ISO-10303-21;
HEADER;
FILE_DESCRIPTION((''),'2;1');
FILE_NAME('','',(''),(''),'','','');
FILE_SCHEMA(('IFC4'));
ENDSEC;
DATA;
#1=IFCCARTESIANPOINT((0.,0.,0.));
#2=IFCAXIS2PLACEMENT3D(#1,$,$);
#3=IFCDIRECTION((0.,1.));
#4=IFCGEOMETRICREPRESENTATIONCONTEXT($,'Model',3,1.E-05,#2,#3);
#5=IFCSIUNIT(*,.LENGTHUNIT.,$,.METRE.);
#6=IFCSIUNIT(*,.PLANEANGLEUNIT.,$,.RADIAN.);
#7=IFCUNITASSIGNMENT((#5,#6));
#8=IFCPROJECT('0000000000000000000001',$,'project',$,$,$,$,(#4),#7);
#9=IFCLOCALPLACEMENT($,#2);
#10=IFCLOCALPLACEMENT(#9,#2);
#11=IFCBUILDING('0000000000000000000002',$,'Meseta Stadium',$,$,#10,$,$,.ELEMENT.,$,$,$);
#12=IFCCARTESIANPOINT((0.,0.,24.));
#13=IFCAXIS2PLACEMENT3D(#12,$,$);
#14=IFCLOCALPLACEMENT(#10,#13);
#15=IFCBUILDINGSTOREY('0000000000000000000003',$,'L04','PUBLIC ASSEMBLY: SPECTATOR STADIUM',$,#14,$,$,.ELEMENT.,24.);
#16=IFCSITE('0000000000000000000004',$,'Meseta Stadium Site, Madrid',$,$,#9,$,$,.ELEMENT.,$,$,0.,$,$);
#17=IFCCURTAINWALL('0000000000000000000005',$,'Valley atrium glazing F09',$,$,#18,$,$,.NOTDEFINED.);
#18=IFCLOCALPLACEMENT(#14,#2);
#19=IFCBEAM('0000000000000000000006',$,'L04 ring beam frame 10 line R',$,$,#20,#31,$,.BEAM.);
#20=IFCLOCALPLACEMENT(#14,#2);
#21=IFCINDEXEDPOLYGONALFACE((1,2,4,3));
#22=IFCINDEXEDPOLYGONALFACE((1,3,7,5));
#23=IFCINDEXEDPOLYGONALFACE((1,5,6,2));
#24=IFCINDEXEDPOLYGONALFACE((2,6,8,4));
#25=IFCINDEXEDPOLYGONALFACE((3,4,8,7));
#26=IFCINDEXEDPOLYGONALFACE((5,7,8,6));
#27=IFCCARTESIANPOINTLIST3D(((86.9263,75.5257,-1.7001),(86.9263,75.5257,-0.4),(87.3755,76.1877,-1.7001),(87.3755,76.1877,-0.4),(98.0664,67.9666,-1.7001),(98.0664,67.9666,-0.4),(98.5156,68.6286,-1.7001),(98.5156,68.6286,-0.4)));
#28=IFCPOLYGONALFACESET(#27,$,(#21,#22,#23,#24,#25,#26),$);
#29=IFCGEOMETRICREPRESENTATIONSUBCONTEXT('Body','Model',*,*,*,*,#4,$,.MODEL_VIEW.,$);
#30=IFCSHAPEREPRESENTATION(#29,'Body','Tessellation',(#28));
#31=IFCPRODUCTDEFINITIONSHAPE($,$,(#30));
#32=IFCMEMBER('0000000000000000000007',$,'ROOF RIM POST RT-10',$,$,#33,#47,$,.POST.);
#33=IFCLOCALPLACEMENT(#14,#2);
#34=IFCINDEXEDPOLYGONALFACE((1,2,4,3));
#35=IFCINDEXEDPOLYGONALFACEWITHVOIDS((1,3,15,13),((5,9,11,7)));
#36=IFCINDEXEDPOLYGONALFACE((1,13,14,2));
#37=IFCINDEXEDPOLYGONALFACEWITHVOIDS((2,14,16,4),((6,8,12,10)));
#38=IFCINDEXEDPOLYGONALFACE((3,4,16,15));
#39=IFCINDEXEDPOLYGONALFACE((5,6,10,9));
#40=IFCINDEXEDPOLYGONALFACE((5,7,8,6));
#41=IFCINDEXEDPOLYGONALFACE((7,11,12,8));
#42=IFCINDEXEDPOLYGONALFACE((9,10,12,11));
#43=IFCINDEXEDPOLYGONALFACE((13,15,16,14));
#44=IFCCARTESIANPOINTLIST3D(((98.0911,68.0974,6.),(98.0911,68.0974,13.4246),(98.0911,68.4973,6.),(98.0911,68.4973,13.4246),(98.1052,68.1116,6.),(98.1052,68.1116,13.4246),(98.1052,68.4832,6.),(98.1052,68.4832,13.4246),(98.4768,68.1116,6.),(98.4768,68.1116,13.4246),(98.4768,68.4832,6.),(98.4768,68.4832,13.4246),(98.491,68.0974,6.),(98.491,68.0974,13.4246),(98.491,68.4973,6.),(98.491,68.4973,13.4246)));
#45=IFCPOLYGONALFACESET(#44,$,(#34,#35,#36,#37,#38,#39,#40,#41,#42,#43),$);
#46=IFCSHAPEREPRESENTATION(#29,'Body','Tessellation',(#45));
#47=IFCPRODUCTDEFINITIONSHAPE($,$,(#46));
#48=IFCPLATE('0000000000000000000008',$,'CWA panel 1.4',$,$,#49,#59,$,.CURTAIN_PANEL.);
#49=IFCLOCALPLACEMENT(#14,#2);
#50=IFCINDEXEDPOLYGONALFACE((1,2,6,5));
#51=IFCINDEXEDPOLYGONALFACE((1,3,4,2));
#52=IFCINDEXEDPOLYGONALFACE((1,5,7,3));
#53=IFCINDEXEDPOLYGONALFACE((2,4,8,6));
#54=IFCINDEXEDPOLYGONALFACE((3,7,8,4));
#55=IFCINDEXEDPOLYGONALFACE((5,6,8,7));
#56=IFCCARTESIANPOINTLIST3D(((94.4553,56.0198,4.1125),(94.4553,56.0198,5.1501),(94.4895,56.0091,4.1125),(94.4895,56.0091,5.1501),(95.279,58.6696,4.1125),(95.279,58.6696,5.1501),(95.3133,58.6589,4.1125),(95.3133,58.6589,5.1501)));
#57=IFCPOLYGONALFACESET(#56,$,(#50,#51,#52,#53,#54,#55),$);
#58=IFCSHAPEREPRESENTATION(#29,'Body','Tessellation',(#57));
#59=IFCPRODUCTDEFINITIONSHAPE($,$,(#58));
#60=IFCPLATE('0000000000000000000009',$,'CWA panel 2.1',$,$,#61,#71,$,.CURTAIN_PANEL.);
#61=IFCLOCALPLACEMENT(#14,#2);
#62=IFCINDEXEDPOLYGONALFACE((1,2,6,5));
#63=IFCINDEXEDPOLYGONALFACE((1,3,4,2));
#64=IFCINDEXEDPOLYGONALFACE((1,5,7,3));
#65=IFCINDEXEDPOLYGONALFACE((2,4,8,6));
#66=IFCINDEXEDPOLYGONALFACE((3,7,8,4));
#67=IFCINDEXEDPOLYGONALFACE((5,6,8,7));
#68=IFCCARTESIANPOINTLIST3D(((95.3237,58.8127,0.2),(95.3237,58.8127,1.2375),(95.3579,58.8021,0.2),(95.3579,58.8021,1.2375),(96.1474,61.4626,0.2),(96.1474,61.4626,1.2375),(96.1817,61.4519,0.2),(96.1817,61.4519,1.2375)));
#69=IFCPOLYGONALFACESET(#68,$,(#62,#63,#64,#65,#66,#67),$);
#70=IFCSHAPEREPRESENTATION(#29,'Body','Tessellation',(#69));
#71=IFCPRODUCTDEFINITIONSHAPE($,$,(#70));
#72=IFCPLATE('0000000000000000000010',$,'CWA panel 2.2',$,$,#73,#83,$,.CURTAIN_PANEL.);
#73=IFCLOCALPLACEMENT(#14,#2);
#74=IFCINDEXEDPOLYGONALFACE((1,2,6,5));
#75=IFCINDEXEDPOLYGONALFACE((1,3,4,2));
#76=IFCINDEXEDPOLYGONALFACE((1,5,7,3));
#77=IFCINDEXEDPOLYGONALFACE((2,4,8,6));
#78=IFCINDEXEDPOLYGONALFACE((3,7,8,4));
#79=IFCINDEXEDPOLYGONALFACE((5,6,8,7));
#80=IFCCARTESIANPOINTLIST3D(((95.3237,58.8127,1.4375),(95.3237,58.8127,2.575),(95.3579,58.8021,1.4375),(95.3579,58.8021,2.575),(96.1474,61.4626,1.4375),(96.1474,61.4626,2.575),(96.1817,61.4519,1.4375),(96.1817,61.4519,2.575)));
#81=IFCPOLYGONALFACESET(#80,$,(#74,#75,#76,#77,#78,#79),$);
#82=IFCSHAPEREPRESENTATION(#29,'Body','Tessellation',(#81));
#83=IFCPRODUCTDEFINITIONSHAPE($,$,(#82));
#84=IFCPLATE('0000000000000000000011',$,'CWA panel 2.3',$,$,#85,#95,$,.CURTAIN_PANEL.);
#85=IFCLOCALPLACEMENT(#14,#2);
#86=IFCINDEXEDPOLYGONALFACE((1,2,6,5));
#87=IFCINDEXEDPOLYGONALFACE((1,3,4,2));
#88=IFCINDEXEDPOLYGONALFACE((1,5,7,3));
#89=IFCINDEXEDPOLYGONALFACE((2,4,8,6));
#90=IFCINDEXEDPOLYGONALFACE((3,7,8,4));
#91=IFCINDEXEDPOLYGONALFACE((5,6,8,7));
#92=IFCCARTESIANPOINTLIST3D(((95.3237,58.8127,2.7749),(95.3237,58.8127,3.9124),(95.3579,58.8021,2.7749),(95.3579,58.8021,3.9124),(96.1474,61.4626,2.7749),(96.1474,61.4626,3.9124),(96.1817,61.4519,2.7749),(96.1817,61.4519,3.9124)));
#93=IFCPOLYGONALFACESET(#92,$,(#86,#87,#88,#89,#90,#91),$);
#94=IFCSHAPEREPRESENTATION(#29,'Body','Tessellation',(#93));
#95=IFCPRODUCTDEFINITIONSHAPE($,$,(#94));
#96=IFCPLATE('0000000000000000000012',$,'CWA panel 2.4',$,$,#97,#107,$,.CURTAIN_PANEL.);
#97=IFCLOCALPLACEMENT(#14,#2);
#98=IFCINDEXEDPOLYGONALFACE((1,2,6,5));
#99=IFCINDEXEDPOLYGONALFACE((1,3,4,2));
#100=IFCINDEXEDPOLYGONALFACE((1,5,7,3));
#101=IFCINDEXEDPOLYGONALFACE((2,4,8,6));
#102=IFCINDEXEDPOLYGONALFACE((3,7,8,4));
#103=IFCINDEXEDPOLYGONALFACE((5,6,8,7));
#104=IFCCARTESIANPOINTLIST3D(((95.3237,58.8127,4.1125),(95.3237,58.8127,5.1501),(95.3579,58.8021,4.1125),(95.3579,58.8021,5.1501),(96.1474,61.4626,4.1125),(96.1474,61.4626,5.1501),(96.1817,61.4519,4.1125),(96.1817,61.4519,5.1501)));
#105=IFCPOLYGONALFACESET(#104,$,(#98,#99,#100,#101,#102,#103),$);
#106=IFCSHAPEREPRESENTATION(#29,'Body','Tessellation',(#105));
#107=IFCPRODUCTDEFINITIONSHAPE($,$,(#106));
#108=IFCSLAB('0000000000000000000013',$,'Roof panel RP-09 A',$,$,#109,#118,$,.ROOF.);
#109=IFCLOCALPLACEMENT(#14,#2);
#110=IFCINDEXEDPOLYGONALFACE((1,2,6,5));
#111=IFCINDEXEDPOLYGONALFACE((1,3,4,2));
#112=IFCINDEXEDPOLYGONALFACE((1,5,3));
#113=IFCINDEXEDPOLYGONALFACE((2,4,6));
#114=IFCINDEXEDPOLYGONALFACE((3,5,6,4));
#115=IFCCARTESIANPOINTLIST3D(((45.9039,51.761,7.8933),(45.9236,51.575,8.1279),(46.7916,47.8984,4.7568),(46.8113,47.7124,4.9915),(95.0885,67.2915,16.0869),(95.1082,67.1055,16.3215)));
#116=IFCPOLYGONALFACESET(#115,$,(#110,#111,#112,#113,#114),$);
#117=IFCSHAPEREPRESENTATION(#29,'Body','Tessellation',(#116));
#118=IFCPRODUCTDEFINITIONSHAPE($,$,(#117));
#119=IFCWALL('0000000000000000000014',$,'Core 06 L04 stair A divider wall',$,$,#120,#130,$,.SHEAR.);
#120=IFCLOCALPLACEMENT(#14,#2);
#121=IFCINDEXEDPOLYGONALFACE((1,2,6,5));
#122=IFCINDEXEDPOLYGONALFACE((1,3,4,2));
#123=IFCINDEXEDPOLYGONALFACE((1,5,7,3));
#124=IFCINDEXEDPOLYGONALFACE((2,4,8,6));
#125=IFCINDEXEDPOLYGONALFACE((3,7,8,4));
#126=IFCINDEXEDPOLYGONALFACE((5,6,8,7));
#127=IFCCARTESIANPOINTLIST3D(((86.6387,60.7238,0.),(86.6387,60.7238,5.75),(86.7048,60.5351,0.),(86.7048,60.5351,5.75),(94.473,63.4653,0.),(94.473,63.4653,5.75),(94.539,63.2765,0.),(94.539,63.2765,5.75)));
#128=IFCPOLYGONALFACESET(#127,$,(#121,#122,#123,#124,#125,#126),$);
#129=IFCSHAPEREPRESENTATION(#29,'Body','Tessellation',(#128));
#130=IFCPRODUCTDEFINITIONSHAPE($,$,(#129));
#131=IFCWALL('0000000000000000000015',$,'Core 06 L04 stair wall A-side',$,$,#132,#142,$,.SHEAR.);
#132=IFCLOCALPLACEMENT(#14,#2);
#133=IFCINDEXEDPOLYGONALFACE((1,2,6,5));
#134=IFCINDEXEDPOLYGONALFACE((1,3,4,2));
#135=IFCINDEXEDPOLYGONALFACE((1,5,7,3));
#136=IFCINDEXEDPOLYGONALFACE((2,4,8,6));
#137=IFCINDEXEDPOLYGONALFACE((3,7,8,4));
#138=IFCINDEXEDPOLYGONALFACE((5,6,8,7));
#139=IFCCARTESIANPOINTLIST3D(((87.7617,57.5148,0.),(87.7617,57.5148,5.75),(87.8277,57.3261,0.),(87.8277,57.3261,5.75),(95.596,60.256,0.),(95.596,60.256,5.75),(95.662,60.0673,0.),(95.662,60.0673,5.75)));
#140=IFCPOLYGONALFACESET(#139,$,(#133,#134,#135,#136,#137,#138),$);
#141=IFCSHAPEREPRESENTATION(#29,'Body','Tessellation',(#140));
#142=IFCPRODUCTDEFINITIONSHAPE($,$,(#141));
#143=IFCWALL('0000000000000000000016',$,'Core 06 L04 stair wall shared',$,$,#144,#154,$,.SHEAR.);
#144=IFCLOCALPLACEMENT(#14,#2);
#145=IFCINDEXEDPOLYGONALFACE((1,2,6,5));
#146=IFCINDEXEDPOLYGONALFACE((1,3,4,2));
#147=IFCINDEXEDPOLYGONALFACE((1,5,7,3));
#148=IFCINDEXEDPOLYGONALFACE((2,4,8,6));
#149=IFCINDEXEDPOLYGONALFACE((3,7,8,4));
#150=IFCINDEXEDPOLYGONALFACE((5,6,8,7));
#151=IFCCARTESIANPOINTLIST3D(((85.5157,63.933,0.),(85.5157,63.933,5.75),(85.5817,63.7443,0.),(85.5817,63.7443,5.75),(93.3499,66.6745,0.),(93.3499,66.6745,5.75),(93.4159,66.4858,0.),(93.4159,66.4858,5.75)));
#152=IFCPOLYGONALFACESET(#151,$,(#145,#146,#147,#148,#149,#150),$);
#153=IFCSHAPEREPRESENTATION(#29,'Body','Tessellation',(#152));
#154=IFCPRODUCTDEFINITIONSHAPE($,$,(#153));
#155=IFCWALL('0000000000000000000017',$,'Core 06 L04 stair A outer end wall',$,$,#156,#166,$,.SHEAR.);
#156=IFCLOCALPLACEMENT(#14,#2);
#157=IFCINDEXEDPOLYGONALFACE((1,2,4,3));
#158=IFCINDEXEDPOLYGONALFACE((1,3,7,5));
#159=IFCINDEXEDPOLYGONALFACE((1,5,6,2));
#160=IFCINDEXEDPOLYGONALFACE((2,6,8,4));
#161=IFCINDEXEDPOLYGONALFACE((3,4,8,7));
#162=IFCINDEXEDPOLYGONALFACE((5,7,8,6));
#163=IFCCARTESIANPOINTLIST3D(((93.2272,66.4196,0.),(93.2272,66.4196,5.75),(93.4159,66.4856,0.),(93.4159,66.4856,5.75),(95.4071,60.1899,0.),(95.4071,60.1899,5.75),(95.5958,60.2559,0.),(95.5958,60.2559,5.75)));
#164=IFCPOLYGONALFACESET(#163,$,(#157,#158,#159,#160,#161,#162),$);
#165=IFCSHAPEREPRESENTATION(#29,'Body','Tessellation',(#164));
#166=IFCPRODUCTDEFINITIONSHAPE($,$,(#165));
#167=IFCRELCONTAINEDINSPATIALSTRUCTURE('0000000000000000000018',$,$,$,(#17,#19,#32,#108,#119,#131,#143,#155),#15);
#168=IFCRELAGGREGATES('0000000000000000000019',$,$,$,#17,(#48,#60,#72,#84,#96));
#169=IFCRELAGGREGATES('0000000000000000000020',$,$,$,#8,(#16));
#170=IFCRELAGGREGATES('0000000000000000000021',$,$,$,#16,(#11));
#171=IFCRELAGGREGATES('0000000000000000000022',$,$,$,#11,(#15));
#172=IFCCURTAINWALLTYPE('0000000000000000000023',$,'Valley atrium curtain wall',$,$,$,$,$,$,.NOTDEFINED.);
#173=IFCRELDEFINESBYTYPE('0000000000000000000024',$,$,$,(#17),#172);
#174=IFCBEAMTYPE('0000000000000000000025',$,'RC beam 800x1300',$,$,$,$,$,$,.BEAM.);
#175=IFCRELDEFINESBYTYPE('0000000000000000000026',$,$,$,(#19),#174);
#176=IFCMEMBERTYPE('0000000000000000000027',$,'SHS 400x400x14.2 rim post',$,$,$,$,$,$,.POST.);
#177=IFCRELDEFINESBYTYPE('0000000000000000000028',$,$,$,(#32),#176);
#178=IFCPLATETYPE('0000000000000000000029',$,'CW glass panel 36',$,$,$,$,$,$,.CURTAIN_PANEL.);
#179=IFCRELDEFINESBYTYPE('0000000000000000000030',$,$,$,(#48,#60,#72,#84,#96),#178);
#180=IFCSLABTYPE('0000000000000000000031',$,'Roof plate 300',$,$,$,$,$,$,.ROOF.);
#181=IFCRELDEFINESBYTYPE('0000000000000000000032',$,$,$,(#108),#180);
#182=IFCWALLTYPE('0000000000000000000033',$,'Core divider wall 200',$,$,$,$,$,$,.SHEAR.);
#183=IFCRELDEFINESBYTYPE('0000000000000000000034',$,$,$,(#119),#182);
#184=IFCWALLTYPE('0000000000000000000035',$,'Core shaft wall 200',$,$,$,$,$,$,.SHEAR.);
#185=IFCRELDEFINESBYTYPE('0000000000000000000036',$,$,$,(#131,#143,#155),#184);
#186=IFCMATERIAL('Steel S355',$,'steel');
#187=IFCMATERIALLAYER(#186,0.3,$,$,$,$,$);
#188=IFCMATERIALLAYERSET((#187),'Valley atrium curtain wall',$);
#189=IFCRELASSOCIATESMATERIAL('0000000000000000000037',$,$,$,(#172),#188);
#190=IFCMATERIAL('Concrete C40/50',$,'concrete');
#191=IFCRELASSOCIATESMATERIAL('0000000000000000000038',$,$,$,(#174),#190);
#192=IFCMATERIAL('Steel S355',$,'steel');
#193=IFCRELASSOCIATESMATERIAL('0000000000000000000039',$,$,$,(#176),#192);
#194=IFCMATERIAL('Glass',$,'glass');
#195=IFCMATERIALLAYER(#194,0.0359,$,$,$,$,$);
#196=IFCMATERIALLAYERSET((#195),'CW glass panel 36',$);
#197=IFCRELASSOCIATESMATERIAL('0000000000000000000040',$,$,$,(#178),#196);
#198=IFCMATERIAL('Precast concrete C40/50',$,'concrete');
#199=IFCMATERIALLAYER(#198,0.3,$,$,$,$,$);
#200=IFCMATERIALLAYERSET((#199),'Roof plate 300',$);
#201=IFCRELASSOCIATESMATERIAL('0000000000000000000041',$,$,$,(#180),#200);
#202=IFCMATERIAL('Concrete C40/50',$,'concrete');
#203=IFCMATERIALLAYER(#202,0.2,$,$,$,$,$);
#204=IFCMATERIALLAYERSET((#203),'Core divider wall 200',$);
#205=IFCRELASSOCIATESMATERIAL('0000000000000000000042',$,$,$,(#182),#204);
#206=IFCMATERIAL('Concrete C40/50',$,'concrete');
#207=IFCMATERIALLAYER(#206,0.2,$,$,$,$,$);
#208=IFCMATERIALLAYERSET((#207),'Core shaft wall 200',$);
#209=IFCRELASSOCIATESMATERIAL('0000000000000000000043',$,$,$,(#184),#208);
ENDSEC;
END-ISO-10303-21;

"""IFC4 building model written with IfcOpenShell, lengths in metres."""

from ifc_helpers import new_model, si_unit, direction, frame, frame_2d, origin, origin_2d, place, context, subcontext, project, spatial, polyline, rectangle, hollow_rectangle, outline, extrude, material, layer, layer_set, material_profile, profile_set, type_object, element, aggregate, save


model = new_model("IFC4")

# Units and contexts
model_context = context("Model", 3, precision=1e-05, world=origin(), true_north=direction((0.0, 1.0)))
body_context = subcontext(model_context, "Body", "Model", "MODEL_VIEW")
ifc_project = project(units=[si_unit("LENGTHUNIT", "METRE"), si_unit("PLANEANGLEUNIT", "RADIAN")], contexts=[model_context])

# Site, building, storey
site_placement = place(None, origin())
site = spatial("IfcSite", under=ifc_project, at=site_placement, Name="Meseta Stadium Site, Madrid", CompositionType="ELEMENT", RefElevation=0.0)
building_placement = place(site_placement, origin())
building = spatial("IfcBuilding", under=site, at=building_placement, Name="Meseta Stadium", CompositionType="ELEMENT")
storey_placement = place(building_placement, frame((0.0, 0.0, 24.0)))
storey = spatial("IfcBuildingStorey", under=building, at=storey_placement, Name="L04", Description="PUBLIC ASSEMBLY: SPECTATOR STADIUM", CompositionType="ELEMENT", Elevation=24.0)

# Curtain wall
ifc_material_1 = material(Name="Steel S355", Category="steel")
ifc_layer_1 = layer(ifc_material_1, 0.3)
ifc_layer_set_1 = layer_set([ifc_layer_1], Name="Valley atrium curtain wall")
curtain_wall_type = type_object("IfcCurtainWallType", Name="Valley atrium curtain wall", PredefinedType="NOTDEFINED", material=ifc_layer_set_1)
curtain_wall_placement = place(storey_placement, origin())
curtain_wall = element("IfcCurtainWall", 1, at=curtain_wall_placement, inside=storey, type_object=curtain_wall_type, Name="Valley atrium glazing F09", PredefinedType="NOTDEFINED")

# Beam
ifc_material_2 = material(Name="Concrete C40/50", Category="concrete")
ifc_material_profile_1 = material_profile(ifc_material_2, rectangle(XDim=0.8, YDim=1.3, at=origin_2d()), Name="RC 800x1300")
ifc_profile_set_1 = profile_set([ifc_material_profile_1], Name="Concrete C40/50")
beam_type_1 = type_object("IfcBeamType", Name="RC beam 800x1300", PredefinedType="BEAM", material=ifc_profile_set_1)
beam_1_placement = place(storey_placement, frame((98.291, 68.2976, -1.05), z_axis=(-0.827486, 0.561486, 0.0), x_axis=(-0.561486, -0.827486, 0.0)))
element("IfcBeam", 2, at=beam_1_placement, inside=storey, type_object=beam_type_1, Name="L04 ring beam frame 10 line R", PredefinedType="BEAM", context=body_context, shape_type="SweptSolid", body=[
    extrude(rectangle(XDim=0.8, YDim=1.3, at=origin_2d()), origin(), (0.0, 0.0, 1.0), 13.4626),
])

# Member
ifc_material_3 = material(Name="Steel S355", Category="steel")
ifc_material_profile_2 = material_profile(ifc_material_3, hollow_rectangle(XDim=0.3999, YDim=0.3999, WallThickness=0.0142, at=origin_2d()), Name="SHS 400x400x14.2")
ifc_profile_set_2 = profile_set([ifc_material_profile_2], Name="Steel S355")
member_type_1 = type_object("IfcMemberType", Name="SHS 400x400x14.2 rim post", PredefinedType="POST", material=ifc_profile_set_2)
member_1_placement = place(storey_placement, frame((98.291, 68.2974, 6.0), z_axis=(0.0, 0.0, 1.0), x_axis=(1.0, 0.0, 0.0)))
element("IfcMember", 3, at=member_1_placement, inside=storey, type_object=member_type_1, Name="ROOF RIM POST RT-10", PredefinedType="POST", context=body_context, shape_type="SweptSolid", body=[
    extrude(hollow_rectangle(XDim=0.3999, YDim=0.3999, WallThickness=0.0142, at=origin_2d()), origin(), (0.0, 0.0, 1.0), 7.4246),
])

# Plates
ifc_material_4 = material(Name="Glass", Category="glass")
ifc_layer_2 = layer(ifc_material_4, 0.0359)
ifc_layer_set_2 = layer_set([ifc_layer_2], Name="CW glass panel 36")
plate_type = type_object("IfcPlateType", Name="CW glass panel 36", PredefinedType="CURTAIN_PANEL", material=ifc_layer_set_2)
plate_1_placement = place(storey_placement, frame((94.8843, 57.3394, 4.1125), z_axis=(0.0, 0.0, 1.0), x_axis=(0.296869, 0.954918, 0.0)))
plate_1 = element("IfcPlate", 4, at=plate_1_placement, type_object=plate_type, Name="CWA panel 1.4", PredefinedType="CURTAIN_PANEL", context=body_context, shape_type="SweptSolid", body=[
    extrude(rectangle(XDim=2.7749, YDim=0.0359, at=origin_2d()), origin(), (0.0, 0.0, 1.0), 1.0376),
])
plate_2_placement = place(storey_placement, frame((95.7527, 60.1323, 0.2), z_axis=(0.0, 0.0, 1.0), x_axis=(0.296869, 0.954918, 0.0)))
plate_2 = element("IfcPlate", 5, at=plate_2_placement, type_object=plate_type, Name="CWA panel 2.1", PredefinedType="CURTAIN_PANEL", context=body_context, shape_type="SweptSolid", body=[
    extrude(rectangle(XDim=2.7749, YDim=0.0359, at=origin_2d()), origin(), (0.0, 0.0, 1.0), 1.0376),
])
plate_3_placement = place(storey_placement, frame((95.7527, 60.1323, 1.4375), z_axis=(0.0, 0.0, 1.0), x_axis=(0.296869, 0.954918, 0.0)))
plate_3 = element("IfcPlate", 6, at=plate_3_placement, type_object=plate_type, Name="CWA panel 2.2", PredefinedType="CURTAIN_PANEL", context=body_context, shape_type="SweptSolid", body=[
    extrude(rectangle(XDim=2.7749, YDim=0.0359, at=origin_2d()), origin(), (0.0, 0.0, 1.0), 1.1375),
])
plate_4_placement = place(storey_placement, frame((95.7527, 60.1323, 2.7749), z_axis=(0.0, 0.0, 1.0), x_axis=(0.296869, 0.954918, 0.0)))
plate_4 = element("IfcPlate", 7, at=plate_4_placement, type_object=plate_type, Name="CWA panel 2.3", PredefinedType="CURTAIN_PANEL", context=body_context, shape_type="SweptSolid", body=[
    extrude(rectangle(XDim=2.7749, YDim=0.0359, at=origin_2d()), origin(), (0.0, 0.0, 1.0), 1.1375),
])
plate_5_placement = place(storey_placement, frame((95.7527, 60.1323, 4.1125), z_axis=(0.0, 0.0, 1.0), x_axis=(0.296869, 0.954918, 0.0)))
plate_5 = element("IfcPlate", 8, at=plate_5_placement, type_object=plate_type, Name="CWA panel 2.4", PredefinedType="CURTAIN_PANEL", context=body_context, shape_type="SweptSolid", body=[
    extrude(rectangle(XDim=2.7749, YDim=0.0359, at=origin_2d()), origin(), (0.0, 0.0, 1.0), 1.0376),
])
aggregate(curtain_wall, [plate_1, plate_2, plate_3, plate_4, plate_5])

# Slab
ifc_material_5 = material(Name="Precast concrete C40/50", Category="concrete")
ifc_layer_3 = layer(ifc_material_5, 0.3)
ifc_layer_set_3 = layer_set([ifc_layer_3], Name="Roof plate 300")
slab_type = type_object("IfcSlabType", Name="Roof plate 300", PredefinedType="ROOF", material=ifc_layer_set_3)
slab_placement = place(storey_placement, frame((95.1082, 67.1055, 16.3215), z_axis=(0.065478, -0.619905, 0.78194), x_axis=(-0.906746, -0.364094, -0.212716)))
element("IfcSlab", 9, at=slab_placement, inside=storey, type_object=slab_type, Name="Roof panel RP-09 A", PredefinedType="ROOF", context=body_context, shape_type="SweptSolid", body=[
    extrude(outline(polyline([(0.0, 0.0), (53.264, 0.0), (51.9954, -4.8924), (0.0, 0.0)])), origin(), (0.0, 0.0, -1.0), 0.3),
])

# Walls
ifc_material_6 = material(Name="Concrete C40/50", Category="concrete")
ifc_layer_4 = layer(ifc_material_6, 0.2)
ifc_layer_set_4 = layer_set([ifc_layer_4], Name="Core divider wall 200")
wall_type_1 = type_object("IfcWallType", Name="Core divider wall 200", PredefinedType="SHEAR", material=ifc_layer_set_4)
wall_1_placement = place(storey_placement, frame((94.5059, 63.3708, 0.0), z_axis=(0.0, 0.0, 1.0), x_axis=(-0.943878, -0.330294, 0.0)))
element("IfcWall", 10, at=wall_1_placement, inside=storey, type_object=wall_type_1, Name="Core 06 L04 stair A divider wall", PredefinedType="SHEAR", context=body_context, shape_type="SweptSolid", body=[
    extrude(rectangle(XDim=8.3, YDim=0.2, at=frame_2d((4.1499, 0.0))), origin(), (0.0, 0.0, 1.0), 5.75),
])
ifc_material_7 = material(Name="Concrete C40/50", Category="concrete")
ifc_layer_5 = layer(ifc_material_7, 0.2)
ifc_layer_set_5 = layer_set([ifc_layer_5], Name="Core shaft wall 200")
wall_type_2 = type_object("IfcWallType", Name="Core shaft wall 200", PredefinedType="SHEAR", material=ifc_layer_set_5)
for number, where, z_axis, x_axis, name in (
    (11, (95.6289, 60.1616, 0.0), (0.0, 0.0, 1.0), (-0.943887, -0.330268, 0.0), "Core 06 L04 stair wall A-side"),
    (12, (93.3828, 66.5801, 0.0), (0.0, 0.0, 1.0), (-0.943878, -0.330294, 0.0), "Core 06 L04 stair wall shared"),
):
    element("IfcWall", number, at=place(storey_placement, frame(where, z_axis=z_axis, x_axis=x_axis)), inside=storey, type_object=wall_type_2, Name=name, PredefinedType="SHEAR", context=body_context, shape_type="SweptSolid", body=[
        extrude(rectangle(XDim=8.3, YDim=0.2, at=frame_2d((4.1499, 0.0))), origin(), (0.0, 0.0, 1.0), 5.75),
    ])
wall_2_placement = place(storey_placement, frame((95.5015, 60.2229, 0.0), z_axis=(0.0, 0.0, 1.0), x_axis=(-0.330286, 0.943881, 0.0)))
element("IfcWall", 13, at=wall_2_placement, inside=storey, type_object=wall_type_2, Name="Core 06 L04 stair A outer end wall", PredefinedType="SHEAR", context=body_context, shape_type="SweptSolid", body=[
    extrude(rectangle(XDim=6.6001, YDim=0.2, at=frame_2d((3.3, 0.0))), origin(), (0.0, 0.0, 1.0), 5.75),
])

save(model, "model.ifc")
